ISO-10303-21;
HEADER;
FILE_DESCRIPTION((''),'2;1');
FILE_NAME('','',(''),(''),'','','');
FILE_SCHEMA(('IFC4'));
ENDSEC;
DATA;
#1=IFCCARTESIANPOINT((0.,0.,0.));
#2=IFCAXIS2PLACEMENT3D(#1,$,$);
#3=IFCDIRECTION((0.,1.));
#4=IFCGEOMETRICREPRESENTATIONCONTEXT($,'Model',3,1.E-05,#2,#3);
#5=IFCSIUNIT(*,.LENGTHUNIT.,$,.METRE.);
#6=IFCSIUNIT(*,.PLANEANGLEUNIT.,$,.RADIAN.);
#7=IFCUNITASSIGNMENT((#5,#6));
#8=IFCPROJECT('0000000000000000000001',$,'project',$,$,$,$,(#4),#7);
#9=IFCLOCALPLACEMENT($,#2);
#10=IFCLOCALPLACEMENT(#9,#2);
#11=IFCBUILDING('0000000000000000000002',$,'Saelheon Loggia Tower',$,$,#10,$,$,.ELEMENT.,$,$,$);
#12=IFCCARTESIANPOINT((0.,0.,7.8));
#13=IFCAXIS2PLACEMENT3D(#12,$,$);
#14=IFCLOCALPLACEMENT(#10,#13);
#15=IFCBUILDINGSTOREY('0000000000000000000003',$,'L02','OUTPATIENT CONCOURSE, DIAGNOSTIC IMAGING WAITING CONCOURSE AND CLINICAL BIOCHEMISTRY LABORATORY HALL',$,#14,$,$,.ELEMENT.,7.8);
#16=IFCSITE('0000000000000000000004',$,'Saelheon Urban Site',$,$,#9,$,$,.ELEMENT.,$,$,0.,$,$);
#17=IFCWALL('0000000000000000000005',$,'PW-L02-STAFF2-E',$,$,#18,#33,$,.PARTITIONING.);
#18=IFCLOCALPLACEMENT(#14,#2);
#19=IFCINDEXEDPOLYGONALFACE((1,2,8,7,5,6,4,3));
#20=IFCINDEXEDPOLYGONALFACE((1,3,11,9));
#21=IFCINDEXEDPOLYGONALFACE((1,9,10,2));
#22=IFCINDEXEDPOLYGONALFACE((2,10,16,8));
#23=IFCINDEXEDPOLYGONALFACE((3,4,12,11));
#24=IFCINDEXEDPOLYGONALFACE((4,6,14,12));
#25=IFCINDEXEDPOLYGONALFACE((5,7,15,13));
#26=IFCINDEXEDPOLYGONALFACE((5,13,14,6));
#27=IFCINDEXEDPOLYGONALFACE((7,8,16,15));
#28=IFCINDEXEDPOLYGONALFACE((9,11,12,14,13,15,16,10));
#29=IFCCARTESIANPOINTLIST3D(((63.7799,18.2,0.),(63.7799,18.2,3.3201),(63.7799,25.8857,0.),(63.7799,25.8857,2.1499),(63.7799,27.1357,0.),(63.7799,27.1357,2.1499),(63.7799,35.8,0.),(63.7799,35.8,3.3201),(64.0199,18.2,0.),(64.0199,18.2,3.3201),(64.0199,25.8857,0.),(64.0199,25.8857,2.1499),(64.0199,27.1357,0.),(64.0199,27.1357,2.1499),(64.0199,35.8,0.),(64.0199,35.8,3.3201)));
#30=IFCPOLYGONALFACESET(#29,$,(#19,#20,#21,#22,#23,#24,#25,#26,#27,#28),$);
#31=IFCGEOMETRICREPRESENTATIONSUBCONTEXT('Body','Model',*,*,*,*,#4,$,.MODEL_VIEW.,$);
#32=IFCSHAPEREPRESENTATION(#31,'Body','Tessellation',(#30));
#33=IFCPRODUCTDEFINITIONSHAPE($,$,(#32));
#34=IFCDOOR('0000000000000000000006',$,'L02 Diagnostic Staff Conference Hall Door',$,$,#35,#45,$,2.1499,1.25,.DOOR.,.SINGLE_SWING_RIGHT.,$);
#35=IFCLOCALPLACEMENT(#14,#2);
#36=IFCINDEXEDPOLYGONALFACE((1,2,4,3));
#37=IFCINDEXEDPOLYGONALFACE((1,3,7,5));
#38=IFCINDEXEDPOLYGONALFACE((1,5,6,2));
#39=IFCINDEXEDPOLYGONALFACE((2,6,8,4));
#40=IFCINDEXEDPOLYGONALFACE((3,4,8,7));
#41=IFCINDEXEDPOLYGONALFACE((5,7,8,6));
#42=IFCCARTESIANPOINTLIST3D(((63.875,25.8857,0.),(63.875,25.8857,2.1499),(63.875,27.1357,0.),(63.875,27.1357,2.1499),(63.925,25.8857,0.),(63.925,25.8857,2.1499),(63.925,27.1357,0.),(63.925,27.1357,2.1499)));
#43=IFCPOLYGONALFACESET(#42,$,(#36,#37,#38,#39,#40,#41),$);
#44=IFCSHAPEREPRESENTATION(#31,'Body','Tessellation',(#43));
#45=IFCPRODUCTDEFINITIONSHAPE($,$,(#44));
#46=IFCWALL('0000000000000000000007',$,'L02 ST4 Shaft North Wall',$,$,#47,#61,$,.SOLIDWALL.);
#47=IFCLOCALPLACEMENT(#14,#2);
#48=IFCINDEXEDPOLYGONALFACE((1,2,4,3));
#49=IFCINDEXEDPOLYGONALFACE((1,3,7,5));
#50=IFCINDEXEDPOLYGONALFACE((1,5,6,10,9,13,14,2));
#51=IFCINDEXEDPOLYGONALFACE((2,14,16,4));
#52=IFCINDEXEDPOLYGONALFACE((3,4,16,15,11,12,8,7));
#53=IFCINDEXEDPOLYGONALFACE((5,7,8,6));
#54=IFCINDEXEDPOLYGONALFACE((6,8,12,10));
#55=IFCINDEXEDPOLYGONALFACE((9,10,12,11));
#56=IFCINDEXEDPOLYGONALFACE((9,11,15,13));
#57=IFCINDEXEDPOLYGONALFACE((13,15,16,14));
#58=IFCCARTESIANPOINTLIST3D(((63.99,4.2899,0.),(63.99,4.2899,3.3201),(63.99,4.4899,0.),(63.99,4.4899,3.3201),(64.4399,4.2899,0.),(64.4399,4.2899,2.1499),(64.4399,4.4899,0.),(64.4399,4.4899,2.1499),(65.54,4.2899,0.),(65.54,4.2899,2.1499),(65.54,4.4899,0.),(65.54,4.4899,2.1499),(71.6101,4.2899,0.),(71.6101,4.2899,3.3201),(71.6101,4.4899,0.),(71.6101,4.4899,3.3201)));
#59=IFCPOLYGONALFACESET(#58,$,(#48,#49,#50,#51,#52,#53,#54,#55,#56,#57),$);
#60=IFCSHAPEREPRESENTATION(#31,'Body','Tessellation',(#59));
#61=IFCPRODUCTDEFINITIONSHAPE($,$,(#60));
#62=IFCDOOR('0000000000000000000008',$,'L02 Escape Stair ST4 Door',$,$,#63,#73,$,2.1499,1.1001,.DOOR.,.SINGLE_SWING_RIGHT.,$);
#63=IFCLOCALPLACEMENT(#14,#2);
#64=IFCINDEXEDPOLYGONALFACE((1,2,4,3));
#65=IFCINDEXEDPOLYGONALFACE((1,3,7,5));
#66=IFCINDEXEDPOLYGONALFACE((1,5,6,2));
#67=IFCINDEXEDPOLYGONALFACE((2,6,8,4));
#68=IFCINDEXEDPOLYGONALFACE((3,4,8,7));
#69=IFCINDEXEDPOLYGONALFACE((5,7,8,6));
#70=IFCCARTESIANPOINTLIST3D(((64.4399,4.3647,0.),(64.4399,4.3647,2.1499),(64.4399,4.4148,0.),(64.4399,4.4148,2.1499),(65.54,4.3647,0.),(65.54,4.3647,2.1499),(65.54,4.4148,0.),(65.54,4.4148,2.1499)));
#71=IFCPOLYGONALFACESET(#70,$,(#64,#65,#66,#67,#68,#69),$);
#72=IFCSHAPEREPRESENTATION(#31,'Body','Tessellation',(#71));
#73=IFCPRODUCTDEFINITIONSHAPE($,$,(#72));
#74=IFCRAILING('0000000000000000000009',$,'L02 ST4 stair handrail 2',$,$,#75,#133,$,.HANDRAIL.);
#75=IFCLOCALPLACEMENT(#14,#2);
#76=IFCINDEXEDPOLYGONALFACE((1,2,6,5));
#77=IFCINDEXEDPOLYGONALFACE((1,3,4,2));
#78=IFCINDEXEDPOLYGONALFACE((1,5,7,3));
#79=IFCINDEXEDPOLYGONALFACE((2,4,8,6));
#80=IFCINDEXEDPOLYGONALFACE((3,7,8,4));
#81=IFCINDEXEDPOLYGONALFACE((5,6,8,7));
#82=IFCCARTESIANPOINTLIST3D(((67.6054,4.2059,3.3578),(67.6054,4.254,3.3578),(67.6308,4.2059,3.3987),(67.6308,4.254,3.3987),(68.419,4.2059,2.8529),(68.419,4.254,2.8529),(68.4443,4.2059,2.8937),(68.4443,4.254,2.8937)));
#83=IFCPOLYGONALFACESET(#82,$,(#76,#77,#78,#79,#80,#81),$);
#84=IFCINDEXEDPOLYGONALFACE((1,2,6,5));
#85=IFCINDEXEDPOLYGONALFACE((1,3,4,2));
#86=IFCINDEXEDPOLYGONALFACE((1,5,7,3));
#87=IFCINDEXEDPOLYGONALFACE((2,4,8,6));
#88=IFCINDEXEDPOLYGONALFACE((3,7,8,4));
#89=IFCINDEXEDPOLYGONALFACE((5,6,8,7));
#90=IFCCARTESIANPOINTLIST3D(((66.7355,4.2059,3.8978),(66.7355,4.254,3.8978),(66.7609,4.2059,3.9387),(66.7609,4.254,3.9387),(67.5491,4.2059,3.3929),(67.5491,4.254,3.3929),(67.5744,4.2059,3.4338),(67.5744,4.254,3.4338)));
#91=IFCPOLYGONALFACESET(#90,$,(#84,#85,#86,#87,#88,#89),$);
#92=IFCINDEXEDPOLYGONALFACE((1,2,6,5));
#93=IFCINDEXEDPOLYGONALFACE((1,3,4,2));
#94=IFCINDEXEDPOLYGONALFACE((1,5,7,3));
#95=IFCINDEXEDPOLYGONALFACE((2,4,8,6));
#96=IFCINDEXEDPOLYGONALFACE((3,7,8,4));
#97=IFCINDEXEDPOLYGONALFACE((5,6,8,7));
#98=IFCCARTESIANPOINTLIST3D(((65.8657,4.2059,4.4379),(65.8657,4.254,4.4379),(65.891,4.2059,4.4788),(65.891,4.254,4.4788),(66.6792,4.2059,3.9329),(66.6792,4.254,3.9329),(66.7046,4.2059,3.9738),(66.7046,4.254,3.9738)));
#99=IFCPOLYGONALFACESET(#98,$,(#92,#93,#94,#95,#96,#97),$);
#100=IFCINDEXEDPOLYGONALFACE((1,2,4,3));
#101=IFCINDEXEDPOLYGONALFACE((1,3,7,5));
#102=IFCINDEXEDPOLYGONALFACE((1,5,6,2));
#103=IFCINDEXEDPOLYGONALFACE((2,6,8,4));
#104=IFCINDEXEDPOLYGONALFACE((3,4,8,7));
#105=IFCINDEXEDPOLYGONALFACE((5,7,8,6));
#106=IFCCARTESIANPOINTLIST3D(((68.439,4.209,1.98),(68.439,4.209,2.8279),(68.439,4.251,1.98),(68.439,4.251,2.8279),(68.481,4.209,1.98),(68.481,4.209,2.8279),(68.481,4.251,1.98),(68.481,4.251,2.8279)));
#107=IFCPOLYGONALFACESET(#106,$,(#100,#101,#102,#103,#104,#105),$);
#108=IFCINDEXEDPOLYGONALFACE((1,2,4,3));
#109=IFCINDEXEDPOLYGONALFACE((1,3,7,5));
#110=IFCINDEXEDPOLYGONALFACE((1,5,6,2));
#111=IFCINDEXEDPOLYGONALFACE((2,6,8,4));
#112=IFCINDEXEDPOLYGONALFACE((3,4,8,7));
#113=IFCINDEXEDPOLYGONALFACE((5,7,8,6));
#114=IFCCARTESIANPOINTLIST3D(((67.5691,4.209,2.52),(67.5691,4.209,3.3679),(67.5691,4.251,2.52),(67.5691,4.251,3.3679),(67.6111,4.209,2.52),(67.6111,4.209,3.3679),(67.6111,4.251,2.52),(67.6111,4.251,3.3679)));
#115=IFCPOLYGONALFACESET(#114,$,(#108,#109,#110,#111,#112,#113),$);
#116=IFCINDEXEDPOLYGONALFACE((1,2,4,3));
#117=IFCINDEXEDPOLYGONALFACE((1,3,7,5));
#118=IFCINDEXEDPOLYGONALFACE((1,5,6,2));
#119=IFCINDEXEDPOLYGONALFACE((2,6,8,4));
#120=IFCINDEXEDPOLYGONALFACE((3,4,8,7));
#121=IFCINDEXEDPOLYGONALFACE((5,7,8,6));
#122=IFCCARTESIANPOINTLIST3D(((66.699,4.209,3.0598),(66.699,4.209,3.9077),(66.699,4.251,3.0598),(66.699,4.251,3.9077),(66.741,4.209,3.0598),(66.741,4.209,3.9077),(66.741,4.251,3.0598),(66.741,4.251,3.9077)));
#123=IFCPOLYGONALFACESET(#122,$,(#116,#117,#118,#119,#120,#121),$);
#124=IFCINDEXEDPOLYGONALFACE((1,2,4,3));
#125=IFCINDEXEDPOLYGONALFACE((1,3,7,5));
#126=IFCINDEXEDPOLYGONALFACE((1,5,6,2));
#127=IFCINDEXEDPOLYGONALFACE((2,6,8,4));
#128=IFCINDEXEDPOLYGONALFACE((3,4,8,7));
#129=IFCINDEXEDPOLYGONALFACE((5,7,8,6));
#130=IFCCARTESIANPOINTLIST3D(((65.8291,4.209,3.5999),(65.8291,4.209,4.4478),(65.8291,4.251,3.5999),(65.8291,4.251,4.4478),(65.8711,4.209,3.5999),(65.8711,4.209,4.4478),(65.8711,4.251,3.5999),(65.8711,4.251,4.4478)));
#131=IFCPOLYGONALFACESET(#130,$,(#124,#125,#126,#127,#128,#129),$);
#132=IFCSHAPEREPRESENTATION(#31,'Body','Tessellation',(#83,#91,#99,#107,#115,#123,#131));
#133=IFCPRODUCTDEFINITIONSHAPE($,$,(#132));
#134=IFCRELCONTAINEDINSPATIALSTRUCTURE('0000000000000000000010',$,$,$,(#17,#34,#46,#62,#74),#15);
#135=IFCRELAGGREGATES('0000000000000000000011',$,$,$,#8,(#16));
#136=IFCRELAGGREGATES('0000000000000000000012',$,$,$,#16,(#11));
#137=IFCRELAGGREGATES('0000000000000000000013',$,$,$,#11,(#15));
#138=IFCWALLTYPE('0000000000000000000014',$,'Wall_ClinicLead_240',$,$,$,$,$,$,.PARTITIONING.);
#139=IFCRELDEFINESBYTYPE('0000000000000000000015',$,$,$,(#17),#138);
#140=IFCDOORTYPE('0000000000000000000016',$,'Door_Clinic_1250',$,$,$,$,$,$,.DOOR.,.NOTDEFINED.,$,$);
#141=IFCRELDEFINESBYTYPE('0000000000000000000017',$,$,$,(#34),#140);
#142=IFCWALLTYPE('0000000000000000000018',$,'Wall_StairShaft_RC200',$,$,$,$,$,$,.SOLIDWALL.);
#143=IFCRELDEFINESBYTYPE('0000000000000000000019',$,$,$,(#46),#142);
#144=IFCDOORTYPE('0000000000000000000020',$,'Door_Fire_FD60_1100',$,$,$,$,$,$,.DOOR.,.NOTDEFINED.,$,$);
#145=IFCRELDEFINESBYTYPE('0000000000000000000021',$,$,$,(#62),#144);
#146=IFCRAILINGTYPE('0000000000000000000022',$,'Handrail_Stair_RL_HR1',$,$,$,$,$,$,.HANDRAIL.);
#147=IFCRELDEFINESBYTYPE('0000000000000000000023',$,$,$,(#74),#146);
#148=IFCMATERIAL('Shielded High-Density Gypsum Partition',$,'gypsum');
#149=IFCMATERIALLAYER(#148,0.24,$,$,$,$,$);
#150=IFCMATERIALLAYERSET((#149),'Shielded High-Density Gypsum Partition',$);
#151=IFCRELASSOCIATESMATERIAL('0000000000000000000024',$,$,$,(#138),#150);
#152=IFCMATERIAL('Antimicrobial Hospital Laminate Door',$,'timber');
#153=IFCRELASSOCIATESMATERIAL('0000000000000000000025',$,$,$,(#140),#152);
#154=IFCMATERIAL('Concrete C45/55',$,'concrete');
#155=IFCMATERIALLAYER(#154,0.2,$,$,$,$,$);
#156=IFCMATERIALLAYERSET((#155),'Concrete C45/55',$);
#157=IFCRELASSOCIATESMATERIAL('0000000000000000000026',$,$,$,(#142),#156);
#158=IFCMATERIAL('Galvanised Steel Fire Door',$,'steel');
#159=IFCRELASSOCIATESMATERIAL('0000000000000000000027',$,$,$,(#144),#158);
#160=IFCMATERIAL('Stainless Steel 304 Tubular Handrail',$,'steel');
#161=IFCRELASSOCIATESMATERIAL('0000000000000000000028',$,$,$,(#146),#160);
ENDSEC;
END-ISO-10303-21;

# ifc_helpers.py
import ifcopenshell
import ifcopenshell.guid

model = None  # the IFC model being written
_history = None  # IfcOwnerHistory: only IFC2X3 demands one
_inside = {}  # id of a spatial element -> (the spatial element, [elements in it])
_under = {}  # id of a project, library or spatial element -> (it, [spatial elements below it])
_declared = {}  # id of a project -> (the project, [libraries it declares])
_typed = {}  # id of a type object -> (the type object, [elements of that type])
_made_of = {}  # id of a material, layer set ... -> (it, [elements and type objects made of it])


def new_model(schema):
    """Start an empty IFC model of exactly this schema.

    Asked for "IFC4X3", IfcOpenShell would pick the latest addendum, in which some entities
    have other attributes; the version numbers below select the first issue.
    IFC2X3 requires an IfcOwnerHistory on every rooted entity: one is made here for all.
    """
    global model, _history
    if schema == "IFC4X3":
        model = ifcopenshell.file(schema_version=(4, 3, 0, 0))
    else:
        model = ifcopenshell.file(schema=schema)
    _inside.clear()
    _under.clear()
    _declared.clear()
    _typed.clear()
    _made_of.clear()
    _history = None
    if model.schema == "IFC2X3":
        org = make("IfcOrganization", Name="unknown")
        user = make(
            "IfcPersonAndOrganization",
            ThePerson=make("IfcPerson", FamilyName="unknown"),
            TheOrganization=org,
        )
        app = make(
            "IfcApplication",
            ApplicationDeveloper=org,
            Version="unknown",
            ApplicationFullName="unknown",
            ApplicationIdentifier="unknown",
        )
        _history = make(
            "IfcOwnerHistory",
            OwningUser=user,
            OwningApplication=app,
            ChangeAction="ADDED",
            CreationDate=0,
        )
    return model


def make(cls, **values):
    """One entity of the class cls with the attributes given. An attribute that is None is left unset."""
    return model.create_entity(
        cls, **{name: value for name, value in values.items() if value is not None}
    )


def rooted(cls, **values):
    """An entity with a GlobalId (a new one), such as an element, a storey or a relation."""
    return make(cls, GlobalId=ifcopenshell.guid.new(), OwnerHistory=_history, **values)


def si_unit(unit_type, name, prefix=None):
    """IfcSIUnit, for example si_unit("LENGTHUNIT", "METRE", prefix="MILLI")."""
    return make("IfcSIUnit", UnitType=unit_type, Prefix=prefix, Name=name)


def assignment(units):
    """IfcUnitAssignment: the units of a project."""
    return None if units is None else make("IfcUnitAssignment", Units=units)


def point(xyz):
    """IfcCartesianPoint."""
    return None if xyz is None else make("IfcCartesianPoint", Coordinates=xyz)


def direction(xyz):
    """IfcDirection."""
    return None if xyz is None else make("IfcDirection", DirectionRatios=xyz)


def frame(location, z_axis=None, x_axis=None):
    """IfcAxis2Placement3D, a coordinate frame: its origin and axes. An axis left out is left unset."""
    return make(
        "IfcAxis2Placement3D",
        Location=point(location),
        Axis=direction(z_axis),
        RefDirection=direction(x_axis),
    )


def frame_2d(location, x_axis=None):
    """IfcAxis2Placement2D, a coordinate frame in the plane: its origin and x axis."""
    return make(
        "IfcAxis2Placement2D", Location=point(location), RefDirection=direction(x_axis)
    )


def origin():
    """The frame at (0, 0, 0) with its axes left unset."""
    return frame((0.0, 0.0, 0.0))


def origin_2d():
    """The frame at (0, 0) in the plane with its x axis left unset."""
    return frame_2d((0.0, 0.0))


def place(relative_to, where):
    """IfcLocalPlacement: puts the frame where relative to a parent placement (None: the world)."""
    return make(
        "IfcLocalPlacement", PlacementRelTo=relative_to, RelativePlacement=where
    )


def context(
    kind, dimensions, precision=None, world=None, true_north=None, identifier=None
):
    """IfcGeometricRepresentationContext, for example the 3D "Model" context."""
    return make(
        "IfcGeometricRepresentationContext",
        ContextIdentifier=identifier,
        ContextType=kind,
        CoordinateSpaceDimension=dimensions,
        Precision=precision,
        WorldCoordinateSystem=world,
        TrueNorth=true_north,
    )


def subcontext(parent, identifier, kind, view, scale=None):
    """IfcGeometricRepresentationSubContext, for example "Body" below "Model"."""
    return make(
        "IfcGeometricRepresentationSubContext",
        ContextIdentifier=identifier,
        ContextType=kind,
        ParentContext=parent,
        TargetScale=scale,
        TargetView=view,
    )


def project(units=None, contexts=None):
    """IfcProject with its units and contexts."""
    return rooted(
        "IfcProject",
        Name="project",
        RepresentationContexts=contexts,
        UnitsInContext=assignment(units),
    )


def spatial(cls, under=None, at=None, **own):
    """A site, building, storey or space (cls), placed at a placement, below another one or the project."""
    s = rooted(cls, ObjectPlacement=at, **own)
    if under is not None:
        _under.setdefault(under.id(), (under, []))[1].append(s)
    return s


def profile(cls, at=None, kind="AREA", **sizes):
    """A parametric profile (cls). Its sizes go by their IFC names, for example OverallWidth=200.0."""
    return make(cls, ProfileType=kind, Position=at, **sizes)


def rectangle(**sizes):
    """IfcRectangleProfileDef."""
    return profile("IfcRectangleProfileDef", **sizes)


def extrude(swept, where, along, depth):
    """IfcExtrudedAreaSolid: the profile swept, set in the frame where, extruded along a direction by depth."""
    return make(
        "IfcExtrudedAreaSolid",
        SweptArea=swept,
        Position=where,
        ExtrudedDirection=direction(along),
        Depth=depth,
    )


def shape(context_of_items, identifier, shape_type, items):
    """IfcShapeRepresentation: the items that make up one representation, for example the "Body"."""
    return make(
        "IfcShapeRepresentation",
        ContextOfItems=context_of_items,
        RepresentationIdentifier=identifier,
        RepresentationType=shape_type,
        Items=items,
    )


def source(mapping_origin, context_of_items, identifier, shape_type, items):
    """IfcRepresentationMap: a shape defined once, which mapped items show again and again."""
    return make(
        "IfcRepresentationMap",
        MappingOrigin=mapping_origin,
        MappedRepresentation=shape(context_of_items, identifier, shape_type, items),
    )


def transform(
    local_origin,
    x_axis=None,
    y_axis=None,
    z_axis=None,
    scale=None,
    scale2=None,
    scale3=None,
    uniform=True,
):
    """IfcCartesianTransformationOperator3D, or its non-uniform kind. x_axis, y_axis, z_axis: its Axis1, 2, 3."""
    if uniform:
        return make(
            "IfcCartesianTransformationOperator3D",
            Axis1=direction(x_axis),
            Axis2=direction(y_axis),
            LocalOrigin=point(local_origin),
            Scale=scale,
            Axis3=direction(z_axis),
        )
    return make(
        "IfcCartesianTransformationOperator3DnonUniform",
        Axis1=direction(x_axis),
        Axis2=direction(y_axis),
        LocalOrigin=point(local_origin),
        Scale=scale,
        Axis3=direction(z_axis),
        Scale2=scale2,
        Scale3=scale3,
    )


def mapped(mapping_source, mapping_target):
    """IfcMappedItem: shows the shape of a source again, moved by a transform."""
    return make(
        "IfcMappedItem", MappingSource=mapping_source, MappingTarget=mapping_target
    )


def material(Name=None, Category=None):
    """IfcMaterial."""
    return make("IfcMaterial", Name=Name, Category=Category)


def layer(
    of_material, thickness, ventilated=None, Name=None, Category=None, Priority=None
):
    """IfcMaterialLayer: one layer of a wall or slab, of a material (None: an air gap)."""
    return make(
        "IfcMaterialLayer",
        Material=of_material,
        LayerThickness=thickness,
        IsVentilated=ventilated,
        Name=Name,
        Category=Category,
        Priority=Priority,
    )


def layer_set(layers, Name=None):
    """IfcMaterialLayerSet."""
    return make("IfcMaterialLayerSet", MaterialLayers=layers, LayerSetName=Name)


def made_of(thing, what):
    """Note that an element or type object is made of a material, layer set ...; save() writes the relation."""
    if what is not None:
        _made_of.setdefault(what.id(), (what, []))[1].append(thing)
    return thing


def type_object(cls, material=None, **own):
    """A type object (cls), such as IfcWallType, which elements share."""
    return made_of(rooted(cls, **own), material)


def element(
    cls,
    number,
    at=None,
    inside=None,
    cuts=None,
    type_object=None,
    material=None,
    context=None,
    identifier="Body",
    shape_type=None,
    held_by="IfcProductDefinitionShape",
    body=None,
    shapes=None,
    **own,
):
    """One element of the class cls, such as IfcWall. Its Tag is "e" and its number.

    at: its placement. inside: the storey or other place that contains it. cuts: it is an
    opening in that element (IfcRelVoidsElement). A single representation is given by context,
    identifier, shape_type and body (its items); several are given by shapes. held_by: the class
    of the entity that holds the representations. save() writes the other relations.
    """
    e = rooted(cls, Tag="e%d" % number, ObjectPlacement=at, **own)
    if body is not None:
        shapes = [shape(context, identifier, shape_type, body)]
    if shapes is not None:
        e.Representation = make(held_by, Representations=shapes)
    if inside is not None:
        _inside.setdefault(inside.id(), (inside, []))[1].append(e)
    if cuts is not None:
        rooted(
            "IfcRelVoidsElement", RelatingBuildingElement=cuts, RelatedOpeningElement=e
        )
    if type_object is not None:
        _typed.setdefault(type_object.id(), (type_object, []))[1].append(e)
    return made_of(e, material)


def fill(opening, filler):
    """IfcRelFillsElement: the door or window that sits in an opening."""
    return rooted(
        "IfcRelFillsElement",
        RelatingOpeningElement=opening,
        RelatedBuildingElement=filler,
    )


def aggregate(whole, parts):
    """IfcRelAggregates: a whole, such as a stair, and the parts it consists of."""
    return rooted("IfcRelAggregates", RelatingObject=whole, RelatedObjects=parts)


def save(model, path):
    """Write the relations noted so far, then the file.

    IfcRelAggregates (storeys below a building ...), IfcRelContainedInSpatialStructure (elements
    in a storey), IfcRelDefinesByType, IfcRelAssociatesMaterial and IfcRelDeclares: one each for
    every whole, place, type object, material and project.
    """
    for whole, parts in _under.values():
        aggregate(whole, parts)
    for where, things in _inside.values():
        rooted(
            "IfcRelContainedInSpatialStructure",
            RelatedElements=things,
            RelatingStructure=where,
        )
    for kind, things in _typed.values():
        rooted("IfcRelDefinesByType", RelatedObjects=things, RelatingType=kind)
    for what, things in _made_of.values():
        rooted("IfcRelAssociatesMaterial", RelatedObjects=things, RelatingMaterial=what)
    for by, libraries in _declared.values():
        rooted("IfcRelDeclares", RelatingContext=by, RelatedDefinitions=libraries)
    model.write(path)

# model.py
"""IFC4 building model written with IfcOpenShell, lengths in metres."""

from ifc_helpers import new_model, si_unit, direction, frame, frame_2d, origin, origin_2d, place, context, subcontext, project, spatial, rectangle, extrude, source, transform, mapped, material, layer, layer_set, type_object, element, fill, save


model = new_model("IFC4")

# Units and contexts
model_context = context("Model", 3, precision=1e-05, world=origin(), true_north=direction((0.0, 1.0)))
body_context = subcontext(model_context, "Body", "Model", "MODEL_VIEW")
ifc_project = project(units=[si_unit("LENGTHUNIT", "METRE"), si_unit("PLANEANGLEUNIT", "RADIAN")], contexts=[model_context])

# Site, building, storey
site_placement = place(None, origin())
site = spatial("IfcSite", under=ifc_project, at=site_placement, Name="Saelheon Urban Site", CompositionType="ELEMENT", RefElevation=0.0)
building_placement = place(site_placement, origin())
building = spatial("IfcBuilding", under=site, at=building_placement, Name="Saelheon Loggia Tower", CompositionType="ELEMENT")
storey_placement = place(building_placement, frame((0.0, 0.0, 7.8)))
storey = spatial("IfcBuildingStorey", under=building, at=storey_placement, Name="L02", Description="OUTPATIENT CONCOURSE, DIAGNOSTIC IMAGING WAITING CONCOURSE AND CLINICAL BIOCHEMISTRY LABORATORY HALL", CompositionType="ELEMENT", Elevation=7.8)

# Shared definitions
ifc_material_1 = material(Name="Concrete C45/55", Category="concrete")

# Shared definitions
ifc_material_2 = material(Name="Shielded High-Density Gypsum Partition", Category="gypsum")
ifc_layer_1 = layer(ifc_material_2, 0.24)
ifc_layer_set_1 = layer_set([ifc_layer_1], Name="Shielded High-Density Gypsum Partition")
wall_type_1 = type_object("IfcWallType", Name="Wall_ClinicLead_240", PredefinedType="PARTITIONING", material=ifc_layer_set_1)

# Walls, openings, doors
ifc_material_3 = material(Name="Antimicrobial Hospital Laminate Door", Category="timber")
door_type_1 = type_object("IfcDoorType", Name="Door_Clinic_1250", OperationType="NOTDEFINED", PredefinedType="DOOR", material=ifc_material_3)
shared_shape_1 = source(origin(), body_context, "Body", "SweptSolid", [
    extrude(rectangle(XDim=1.25, YDim=2.1499, at=frame_2d((0.625, 1.075))), frame((0.0, 0.0249, 0.0), z_axis=(0.0, -1.0, 0.0), x_axis=(1.0, 0.0, 0.0)), (0.0, 0.0, 1.0), 0.05),
])
wall_1_placement = place(storey_placement, frame((63.8999, 18.2, 0.0), z_axis=(0.0, 0.0, 1.0), x_axis=(0.0, 1.0, 0.0)))
wall_1 = element("IfcWall", 1, at=wall_1_placement, inside=storey, type_object=wall_type_1, Name="PW-L02-STAFF2-E", PredefinedType="PARTITIONING", context=body_context, shape_type="SweptSolid", body=[
    extrude(rectangle(XDim=17.6001, YDim=0.24, at=frame_2d((8.8, 0.0))), origin(), (0.0, 0.0, 1.0), 3.3201),
])
opening_1_placement = place(wall_1_placement, frame((7.6858, 0.0, 0.0)))
opening_1 = element("IfcOpeningElement", 2, at=opening_1_placement, cuts=wall_1, PredefinedType="OPENING", context=body_context, shape_type="SweptSolid", body=[
    extrude(rectangle(XDim=1.25, YDim=2.1499, at=frame_2d((0.625, 1.075))), frame((0.0, 0.1321, 0.0), z_axis=(0.0, -1.0, 0.0), x_axis=(1.0, 0.0, 0.0)), (0.0, 0.0, 1.0), 0.2639),
])
door_1_placement = place(opening_1_placement, origin())
door_1 = element("IfcDoor", 3, at=door_1_placement, inside=storey, type_object=door_type_1, Name="L02 Diagnostic Staff Conference Hall Door", OperationType="SINGLE_SWING_RIGHT", OverallHeight=2.1499, OverallWidth=1.25, PredefinedType="DOOR", context=body_context, shape_type="MappedRepresentation", body=[
    mapped(shared_shape_1, transform((0.0, 0.0, 0.0), scale=1.0)),
])
fill(opening_1, door_1)
ifc_layer_2 = layer(ifc_material_1, 0.2)
ifc_layer_set_2 = layer_set([ifc_layer_2], Name="Concrete C45/55")
wall_type_2 = type_object("IfcWallType", Name="Wall_StairShaft_RC200", PredefinedType="SOLIDWALL", material=ifc_layer_set_2)
wall_2_placement = place(storey_placement, frame((63.99, 4.3899, 0.0), z_axis=(0.0, 0.0, 1.0), x_axis=(1.0, 0.0, 0.0)))
wall_2 = element("IfcWall", 4, at=wall_2_placement, inside=storey, type_object=wall_type_2, Name="L02 ST4 Shaft North Wall", PredefinedType="SOLIDWALL", context=body_context, shape_type="SweptSolid", body=[
    extrude(rectangle(XDim=7.6201, YDim=0.2, at=frame_2d((3.8101, 0.0))), origin(), (0.0, 0.0, 1.0), 3.3201),
])
opening_2_placement = place(wall_2_placement, frame((0.45, 0.0, 0.0)))
opening_2 = element("IfcOpeningElement", 5, at=opening_2_placement, cuts=wall_2, PredefinedType="OPENING", context=body_context, shape_type="SweptSolid", body=[
    extrude(rectangle(XDim=1.1001, YDim=2.1499, at=frame_2d((0.55, 1.075))), frame((0.0, 0.1121, 0.0), z_axis=(0.0, -1.0, 0.0), x_axis=(1.0, 0.0, 0.0)), (0.0, 0.0, 1.0), 0.2239),
])
ifc_material_4 = material(Name="Galvanised Steel Fire Door", Category="steel")
door_type_2 = type_object("IfcDoorType", Name="Door_Fire_FD60_1100", OperationType="NOTDEFINED", PredefinedType="DOOR", material=ifc_material_4)
shared_shape_2 = source(origin(), body_context, "Body", "SweptSolid", [
    extrude(rectangle(XDim=1.1001, YDim=2.1499, at=frame_2d((0.55, 1.075))), frame((0.0, 0.0249, 0.0), z_axis=(0.0, -1.0, 0.0), x_axis=(1.0, 0.0, 0.0)), (0.0, 0.0, 1.0), 0.05),
])
door_2_placement = place(opening_2_placement, origin())
door_2 = element("IfcDoor", 6, at=door_2_placement, inside=storey, type_object=door_type_2, Name="L02 Escape Stair ST4 Door", OperationType="SINGLE_SWING_RIGHT", OverallHeight=2.1499, OverallWidth=1.1001, PredefinedType="DOOR", context=body_context, shape_type="MappedRepresentation", body=[
    mapped(shared_shape_2, transform((0.0, 0.0, 0.0), scale=1.0)),
])
fill(opening_2, door_2)

# Railing
ifc_material_5 = material(Name="Stainless Steel 304 Tubular Handrail", Category="steel")
railing_type = type_object("IfcRailingType", Name="Handrail_Stair_RL_HR1", PredefinedType="HANDRAIL", material=ifc_material_5)
railing_placement = place(storey_placement, frame((68.46, 4.23, 1.98)))
element("IfcRailing", 7, at=railing_placement, inside=storey, type_object=railing_type, Name="L02 ST4 stair handrail 2", PredefinedType="HANDRAIL", context=body_context, shape_type="SweptSolid", body=[
    extrude(rectangle(XDim=0.0481, YDim=0.0481, at=origin_2d()), frame((-0.0283, 0.0, 0.8933), z_axis=(-0.849646, 0.0, 0.527353), x_axis=(0.0, -1.0, 0.0)), (0.0, 0.0, 1.0), 0.9575),
    extrude(rectangle(XDim=0.0481, YDim=0.0481, at=origin_2d()), frame((-0.8982, 0.0, 1.4333), z_axis=(-0.849646, 0.0, 0.527353), x_axis=(0.0, -1.0, 0.0)), (0.0, 0.0, 1.0), 0.9575),
    extrude(rectangle(XDim=0.0481, YDim=0.0481, at=origin_2d()), frame((-1.7681, 0.0, 1.9734), z_axis=(-0.849646, 0.0, 0.527353), x_axis=(0.0, -1.0, 0.0)), (0.0, 0.0, 1.0), 0.9575),
    extrude(rectangle(XDim=0.042, YDim=0.042, at=origin_2d()), origin(), (0.0, 0.0, 1.0), 0.8479),
    extrude(rectangle(XDim=0.042, YDim=0.042, at=origin_2d()), frame((-0.8699, 0.0, 0.54)), (0.0, 0.0, 1.0), 0.8479),
    extrude(rectangle(XDim=0.042, YDim=0.042, at=origin_2d()), frame((-1.74, 0.0, 1.0798)), (0.0, 0.0, 1.0), 0.8479),
    extrude(rectangle(XDim=0.042, YDim=0.042, at=origin_2d()), frame((-2.6099, 0.0, 1.6199)), (0.0, 0.0, 1.0), 0.8479),
])

save(model, "model.ifc")
